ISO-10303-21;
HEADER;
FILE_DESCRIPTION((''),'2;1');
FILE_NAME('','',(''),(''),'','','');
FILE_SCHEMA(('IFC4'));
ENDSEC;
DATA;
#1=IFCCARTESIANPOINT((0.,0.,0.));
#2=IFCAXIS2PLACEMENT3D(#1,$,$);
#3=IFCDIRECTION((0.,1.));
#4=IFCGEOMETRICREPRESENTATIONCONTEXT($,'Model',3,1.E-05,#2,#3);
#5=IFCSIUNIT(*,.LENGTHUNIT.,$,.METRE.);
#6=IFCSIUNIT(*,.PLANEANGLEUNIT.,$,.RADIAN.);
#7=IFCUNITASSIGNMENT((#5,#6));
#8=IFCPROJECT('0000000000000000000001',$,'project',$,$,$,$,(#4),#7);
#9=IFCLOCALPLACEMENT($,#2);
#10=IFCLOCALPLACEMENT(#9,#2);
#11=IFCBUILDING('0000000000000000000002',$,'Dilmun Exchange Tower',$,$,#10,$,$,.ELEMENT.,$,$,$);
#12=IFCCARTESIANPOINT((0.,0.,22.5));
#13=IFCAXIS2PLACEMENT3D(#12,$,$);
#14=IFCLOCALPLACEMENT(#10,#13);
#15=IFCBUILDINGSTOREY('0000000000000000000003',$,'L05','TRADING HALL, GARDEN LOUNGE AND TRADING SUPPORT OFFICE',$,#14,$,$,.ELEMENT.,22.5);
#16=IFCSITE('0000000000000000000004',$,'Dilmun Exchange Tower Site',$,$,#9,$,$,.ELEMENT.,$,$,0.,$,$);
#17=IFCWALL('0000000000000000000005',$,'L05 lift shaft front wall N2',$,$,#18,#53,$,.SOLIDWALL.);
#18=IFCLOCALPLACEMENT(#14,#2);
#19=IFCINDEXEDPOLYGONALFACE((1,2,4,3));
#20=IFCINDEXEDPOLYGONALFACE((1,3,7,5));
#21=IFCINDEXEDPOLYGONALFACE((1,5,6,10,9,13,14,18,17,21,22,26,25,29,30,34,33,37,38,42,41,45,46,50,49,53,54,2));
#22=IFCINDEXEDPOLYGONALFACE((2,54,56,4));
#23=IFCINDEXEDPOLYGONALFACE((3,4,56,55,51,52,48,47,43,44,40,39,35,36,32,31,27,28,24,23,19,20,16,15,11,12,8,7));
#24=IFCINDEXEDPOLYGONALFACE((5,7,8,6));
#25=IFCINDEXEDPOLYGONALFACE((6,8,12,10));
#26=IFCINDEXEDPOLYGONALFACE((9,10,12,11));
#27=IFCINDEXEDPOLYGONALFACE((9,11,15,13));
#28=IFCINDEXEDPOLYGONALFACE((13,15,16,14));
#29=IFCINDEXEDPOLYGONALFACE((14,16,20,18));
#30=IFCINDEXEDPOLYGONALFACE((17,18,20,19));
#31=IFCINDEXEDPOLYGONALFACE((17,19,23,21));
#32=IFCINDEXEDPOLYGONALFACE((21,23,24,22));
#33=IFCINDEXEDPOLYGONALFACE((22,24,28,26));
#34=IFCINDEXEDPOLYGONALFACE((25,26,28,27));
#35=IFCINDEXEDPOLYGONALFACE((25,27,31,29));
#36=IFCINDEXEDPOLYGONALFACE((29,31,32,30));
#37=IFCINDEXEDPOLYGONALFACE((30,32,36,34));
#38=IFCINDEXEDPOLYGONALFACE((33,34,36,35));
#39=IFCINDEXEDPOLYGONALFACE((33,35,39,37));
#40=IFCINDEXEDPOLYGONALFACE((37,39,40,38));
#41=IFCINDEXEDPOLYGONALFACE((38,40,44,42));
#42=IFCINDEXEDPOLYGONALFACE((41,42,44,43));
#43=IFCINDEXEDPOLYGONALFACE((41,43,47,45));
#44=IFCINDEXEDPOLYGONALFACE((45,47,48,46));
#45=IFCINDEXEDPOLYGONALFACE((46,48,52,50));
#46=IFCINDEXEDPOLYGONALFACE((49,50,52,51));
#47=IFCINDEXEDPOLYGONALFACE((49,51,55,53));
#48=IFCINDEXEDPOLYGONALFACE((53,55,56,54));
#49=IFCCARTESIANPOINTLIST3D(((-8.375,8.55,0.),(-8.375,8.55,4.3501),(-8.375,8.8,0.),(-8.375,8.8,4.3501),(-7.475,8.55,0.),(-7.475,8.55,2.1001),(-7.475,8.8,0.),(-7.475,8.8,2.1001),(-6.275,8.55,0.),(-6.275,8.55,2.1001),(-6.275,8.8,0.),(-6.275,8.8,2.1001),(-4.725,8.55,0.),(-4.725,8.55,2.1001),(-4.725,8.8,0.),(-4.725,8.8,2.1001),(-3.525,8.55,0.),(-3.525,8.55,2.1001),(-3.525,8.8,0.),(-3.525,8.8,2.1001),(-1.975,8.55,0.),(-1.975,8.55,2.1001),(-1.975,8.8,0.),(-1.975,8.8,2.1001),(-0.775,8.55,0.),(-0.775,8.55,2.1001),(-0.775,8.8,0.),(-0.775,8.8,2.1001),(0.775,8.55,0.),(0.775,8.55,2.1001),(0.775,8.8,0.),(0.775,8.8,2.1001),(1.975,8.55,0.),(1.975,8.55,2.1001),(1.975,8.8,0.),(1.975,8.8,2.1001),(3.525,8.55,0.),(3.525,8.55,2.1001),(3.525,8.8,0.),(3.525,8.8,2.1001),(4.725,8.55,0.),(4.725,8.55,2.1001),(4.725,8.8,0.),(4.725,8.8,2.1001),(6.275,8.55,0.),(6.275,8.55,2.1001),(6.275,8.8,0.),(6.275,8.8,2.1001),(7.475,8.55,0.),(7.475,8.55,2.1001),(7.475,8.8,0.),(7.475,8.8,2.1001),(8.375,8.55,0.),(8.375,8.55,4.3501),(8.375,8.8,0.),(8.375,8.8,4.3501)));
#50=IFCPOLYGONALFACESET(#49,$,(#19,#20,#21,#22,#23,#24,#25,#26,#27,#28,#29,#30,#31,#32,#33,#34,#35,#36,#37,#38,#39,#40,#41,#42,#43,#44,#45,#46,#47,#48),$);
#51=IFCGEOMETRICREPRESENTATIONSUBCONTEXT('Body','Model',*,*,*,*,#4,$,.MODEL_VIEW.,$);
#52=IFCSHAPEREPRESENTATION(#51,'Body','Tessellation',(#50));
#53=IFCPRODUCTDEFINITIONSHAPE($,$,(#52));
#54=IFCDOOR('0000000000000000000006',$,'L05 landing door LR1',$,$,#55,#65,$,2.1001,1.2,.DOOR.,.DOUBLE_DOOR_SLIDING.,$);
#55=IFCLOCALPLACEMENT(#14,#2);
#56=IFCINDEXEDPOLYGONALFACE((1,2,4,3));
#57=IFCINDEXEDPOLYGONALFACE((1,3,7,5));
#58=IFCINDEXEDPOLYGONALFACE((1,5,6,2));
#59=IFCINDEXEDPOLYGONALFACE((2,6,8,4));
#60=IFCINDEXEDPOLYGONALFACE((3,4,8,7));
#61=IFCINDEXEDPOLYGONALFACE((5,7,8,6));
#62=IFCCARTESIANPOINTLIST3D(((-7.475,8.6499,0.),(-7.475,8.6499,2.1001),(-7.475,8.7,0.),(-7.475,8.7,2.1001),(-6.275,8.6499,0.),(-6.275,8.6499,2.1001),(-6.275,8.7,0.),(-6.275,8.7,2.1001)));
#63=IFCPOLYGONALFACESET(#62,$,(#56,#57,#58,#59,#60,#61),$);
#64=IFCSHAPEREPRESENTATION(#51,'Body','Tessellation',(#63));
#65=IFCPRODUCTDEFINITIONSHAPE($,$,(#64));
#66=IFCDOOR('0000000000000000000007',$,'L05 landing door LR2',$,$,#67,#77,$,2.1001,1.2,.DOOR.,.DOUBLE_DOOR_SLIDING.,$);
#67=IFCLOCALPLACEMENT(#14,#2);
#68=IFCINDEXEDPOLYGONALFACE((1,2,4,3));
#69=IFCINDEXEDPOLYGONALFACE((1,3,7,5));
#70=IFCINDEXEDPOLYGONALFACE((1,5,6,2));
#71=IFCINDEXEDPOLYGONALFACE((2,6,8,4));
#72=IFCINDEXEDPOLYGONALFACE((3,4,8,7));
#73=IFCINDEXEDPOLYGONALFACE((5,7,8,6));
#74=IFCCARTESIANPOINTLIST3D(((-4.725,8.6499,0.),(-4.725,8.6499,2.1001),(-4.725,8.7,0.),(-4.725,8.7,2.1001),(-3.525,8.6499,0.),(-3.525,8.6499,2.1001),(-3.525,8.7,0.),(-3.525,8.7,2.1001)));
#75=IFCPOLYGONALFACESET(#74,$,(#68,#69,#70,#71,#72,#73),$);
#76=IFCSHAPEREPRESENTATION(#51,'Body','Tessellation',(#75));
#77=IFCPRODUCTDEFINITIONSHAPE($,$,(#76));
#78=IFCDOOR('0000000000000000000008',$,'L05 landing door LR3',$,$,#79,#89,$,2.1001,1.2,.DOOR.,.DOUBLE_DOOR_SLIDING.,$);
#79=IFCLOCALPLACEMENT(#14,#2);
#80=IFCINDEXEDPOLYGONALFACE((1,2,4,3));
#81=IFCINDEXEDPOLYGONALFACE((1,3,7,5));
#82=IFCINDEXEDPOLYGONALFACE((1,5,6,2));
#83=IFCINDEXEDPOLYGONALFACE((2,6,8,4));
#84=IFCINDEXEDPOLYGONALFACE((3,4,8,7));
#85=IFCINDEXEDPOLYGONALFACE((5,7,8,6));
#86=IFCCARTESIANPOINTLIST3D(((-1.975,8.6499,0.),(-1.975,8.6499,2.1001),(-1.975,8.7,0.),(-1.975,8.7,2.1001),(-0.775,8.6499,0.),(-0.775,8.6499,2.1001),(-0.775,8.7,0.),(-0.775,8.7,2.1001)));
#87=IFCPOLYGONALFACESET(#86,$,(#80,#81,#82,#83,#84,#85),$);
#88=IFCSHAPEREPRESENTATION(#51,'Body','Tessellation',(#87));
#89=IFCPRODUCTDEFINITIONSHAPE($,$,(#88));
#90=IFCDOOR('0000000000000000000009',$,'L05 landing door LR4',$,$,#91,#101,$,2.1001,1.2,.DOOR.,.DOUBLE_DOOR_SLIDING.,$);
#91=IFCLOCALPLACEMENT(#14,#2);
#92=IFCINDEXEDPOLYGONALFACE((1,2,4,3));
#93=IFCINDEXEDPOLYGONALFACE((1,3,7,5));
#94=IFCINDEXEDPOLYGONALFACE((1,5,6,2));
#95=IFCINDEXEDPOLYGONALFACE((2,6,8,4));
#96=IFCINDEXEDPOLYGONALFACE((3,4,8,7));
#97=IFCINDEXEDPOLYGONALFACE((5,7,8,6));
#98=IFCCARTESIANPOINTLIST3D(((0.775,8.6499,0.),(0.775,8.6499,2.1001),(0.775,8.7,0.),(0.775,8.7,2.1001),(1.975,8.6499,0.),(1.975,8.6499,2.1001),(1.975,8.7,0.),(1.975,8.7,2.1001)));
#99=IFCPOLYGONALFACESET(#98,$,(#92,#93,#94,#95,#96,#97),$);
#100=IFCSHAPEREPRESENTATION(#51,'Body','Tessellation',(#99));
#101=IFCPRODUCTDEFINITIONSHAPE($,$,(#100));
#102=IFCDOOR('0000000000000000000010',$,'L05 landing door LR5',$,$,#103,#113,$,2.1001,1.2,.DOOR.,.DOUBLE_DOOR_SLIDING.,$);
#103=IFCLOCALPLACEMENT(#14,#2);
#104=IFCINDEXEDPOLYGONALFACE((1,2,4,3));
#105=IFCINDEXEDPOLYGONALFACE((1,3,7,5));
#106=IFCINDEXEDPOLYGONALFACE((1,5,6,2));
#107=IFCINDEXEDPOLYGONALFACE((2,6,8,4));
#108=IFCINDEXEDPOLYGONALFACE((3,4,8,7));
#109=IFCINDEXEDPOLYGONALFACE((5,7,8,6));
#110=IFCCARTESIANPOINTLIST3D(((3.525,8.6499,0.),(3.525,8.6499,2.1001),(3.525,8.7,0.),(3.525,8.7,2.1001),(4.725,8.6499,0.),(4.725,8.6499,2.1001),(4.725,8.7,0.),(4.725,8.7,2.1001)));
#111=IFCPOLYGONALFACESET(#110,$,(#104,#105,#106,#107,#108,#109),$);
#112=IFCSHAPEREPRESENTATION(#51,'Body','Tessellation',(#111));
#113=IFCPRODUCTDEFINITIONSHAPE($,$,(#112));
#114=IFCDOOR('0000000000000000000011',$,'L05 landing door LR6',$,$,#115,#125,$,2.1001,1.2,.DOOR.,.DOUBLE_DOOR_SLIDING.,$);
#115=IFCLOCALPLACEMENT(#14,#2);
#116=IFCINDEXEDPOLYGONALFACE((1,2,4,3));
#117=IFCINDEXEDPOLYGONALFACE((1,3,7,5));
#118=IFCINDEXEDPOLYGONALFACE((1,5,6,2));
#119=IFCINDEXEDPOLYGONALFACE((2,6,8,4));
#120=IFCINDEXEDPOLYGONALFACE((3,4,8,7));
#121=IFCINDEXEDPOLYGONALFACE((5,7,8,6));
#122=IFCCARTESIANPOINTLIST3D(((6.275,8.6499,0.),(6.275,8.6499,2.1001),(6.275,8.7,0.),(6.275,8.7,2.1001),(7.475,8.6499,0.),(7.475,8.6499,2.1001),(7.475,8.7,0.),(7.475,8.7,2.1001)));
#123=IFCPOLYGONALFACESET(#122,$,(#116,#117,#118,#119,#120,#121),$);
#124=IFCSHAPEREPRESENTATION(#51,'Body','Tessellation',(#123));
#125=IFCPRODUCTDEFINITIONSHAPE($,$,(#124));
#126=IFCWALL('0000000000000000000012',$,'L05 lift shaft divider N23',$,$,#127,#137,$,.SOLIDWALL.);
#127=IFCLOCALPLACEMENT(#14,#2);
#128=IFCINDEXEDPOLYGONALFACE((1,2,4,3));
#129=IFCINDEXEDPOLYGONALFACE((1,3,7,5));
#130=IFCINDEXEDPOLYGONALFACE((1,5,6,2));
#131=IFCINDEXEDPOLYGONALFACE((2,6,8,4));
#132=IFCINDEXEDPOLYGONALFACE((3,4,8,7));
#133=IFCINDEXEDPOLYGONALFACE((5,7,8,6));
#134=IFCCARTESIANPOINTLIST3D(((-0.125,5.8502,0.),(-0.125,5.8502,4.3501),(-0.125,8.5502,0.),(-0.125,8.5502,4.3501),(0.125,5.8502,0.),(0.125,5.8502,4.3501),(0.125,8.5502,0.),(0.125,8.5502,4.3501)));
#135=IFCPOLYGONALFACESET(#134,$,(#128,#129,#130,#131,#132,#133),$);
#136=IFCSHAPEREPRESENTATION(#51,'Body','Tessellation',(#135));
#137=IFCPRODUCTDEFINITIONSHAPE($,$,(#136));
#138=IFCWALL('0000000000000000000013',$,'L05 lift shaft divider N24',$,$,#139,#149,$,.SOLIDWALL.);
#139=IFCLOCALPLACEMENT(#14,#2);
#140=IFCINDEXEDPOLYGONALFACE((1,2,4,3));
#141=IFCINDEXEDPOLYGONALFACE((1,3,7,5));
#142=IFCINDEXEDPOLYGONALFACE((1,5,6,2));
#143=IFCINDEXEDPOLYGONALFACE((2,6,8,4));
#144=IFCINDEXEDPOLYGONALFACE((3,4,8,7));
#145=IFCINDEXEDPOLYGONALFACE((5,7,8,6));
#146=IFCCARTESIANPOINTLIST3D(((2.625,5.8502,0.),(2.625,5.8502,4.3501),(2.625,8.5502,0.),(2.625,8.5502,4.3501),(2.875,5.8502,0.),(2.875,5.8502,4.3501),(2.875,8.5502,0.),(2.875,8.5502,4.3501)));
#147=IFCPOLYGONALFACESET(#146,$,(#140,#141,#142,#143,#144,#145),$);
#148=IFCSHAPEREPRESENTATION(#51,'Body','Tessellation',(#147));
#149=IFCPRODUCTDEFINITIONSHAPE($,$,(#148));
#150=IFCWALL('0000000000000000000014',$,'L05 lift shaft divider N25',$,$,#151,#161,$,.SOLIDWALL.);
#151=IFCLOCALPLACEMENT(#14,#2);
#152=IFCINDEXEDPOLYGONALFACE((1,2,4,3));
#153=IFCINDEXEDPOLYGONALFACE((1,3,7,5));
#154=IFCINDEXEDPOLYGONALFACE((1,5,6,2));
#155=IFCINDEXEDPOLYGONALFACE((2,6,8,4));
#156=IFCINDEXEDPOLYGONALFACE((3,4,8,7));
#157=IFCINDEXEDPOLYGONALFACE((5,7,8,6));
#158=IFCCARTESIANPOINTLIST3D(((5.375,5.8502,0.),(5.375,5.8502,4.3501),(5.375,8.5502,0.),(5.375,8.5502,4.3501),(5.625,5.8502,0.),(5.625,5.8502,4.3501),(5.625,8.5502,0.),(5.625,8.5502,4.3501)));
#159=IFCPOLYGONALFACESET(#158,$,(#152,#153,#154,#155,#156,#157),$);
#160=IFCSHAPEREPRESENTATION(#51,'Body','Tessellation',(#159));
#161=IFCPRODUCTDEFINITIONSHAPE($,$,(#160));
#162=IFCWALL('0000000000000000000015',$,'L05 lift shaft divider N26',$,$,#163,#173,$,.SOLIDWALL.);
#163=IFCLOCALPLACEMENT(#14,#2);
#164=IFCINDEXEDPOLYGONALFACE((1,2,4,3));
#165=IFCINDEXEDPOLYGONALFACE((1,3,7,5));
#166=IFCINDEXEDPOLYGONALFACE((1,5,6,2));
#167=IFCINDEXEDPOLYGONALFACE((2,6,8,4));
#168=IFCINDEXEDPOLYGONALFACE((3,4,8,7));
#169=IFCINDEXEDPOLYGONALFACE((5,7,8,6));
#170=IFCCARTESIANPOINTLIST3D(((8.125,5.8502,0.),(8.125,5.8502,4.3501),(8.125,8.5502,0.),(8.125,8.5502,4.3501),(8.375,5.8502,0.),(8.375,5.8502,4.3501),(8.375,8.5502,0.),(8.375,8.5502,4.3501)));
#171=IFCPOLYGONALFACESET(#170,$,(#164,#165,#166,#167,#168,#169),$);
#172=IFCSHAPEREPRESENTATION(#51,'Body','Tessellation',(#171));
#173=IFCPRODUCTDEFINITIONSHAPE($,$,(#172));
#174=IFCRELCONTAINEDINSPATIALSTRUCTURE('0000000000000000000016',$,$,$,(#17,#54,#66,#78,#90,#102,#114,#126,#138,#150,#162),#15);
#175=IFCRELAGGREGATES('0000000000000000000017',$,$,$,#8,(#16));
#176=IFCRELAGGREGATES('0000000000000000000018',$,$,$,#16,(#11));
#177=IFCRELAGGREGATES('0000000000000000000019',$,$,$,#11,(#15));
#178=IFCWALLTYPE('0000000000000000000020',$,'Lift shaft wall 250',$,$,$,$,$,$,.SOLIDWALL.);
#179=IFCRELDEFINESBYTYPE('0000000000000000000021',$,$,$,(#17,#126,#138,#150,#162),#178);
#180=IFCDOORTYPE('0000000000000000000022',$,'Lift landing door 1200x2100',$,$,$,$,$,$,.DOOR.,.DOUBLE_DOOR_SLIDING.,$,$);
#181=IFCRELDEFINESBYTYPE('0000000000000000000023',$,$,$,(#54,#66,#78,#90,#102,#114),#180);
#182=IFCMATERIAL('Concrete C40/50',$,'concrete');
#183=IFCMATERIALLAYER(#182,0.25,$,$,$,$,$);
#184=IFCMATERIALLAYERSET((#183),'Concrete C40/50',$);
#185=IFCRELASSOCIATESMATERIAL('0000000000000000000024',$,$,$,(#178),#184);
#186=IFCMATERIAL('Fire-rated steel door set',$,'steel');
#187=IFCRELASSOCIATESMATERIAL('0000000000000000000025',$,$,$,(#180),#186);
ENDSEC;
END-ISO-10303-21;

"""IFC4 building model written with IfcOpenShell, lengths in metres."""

from ifc_helpers import new_model, si_unit, direction, frame, frame_2d, origin, place, context, subcontext, project, spatial, rectangle, extrude, material, layer, layer_set, type_object, element, fill, save


model = new_model("IFC4")

# Units and contexts
model_context = context("Model", 3, precision=1e-05, world=origin(), true_north=direction((0.0, 1.0)))
body_context = subcontext(model_context, "Body", "Model", "MODEL_VIEW")
ifc_project = project(units=[si_unit("LENGTHUNIT", "METRE"), si_unit("PLANEANGLEUNIT", "RADIAN")], contexts=[model_context])

# Site, building, storey
site_placement = place(None, origin())
site = spatial("IfcSite", under=ifc_project, at=site_placement, Name="Dilmun Exchange Tower Site", CompositionType="ELEMENT", RefElevation=0.0)
building_placement = place(site_placement, origin())
building = spatial("IfcBuilding", under=site, at=building_placement, Name="Dilmun Exchange Tower", CompositionType="ELEMENT")
storey_placement = place(building_placement, frame((0.0, 0.0, 22.5)))
storey = spatial("IfcBuildingStorey", under=building, at=storey_placement, Name="L05", Description="TRADING HALL, GARDEN LOUNGE AND TRADING SUPPORT OFFICE", CompositionType="ELEMENT", Elevation=22.5)

# Shared definitions
ifc_material_1 = material(Name="Concrete C40/50", Category="concrete")

# Shared definitions
ifc_material_2 = material(Name="Fire-rated steel door set", Category="steel")

# Wall, openings, doors
ifc_layer_1 = layer(ifc_material_1, 0.25)
ifc_layer_set_1 = layer_set([ifc_layer_1], Name="Concrete C40/50")
wall_type_1 = type_object("IfcWallType", Name="Lift shaft wall 250", PredefinedType="SOLIDWALL", material=ifc_layer_set_1)
wall_1_placement = place(storey_placement, frame((-8.375, 8.675, 0.0), z_axis=(0.0, 0.0, 1.0), x_axis=(1.0, 0.0, 0.0)))
wall_1 = element("IfcWall", 1, at=wall_1_placement, inside=storey, type_object=wall_type_1, Name="L05 lift shaft front wall N2", PredefinedType="SOLIDWALL", context=body_context, shape_type="SweptSolid", body=[
    extrude(rectangle(XDim=16.75, YDim=0.25, at=frame_2d((8.375, 0.0))), origin(), (0.0, 0.0, 1.0), 4.3501),
])
opening_1_placement = place(wall_1_placement, frame((0.8999, 0.0, 0.0)))
opening_1 = element("IfcOpeningElement", 2, at=opening_1_placement, cuts=wall_1, PredefinedType="OPENING", context=body_context, shape_type="SweptSolid", body=[
    extrude(rectangle(XDim=1.2, YDim=2.1001, at=frame_2d((0.6001, 1.05))), frame((0.0, 0.135, 0.0), z_axis=(0.0, -1.0, 0.0), x_axis=(1.0, 0.0, 0.0)), (0.0, 0.0, 1.0), 0.27),
])
opening_2_placement = place(wall_1_placement, frame((3.6499, 0.0, 0.0)))
opening_2 = element("IfcOpeningElement", 3, at=opening_2_placement, cuts=wall_1, PredefinedType="OPENING", context=body_context, shape_type="SweptSolid", body=[
    extrude(rectangle(XDim=1.2, YDim=2.1001, at=frame_2d((0.6001, 1.05))), frame((0.0, 0.135, 0.0), z_axis=(0.0, -1.0, 0.0), x_axis=(1.0, 0.0, 0.0)), (0.0, 0.0, 1.0), 0.27),
])
opening_3_placement = place(wall_1_placement, frame((6.3999, 0.0, 0.0)))
opening_3 = element("IfcOpeningElement", 4, at=opening_3_placement, cuts=wall_1, PredefinedType="OPENING", context=body_context, shape_type="SweptSolid", body=[
    extrude(rectangle(XDim=1.2, YDim=2.1001, at=frame_2d((0.6001, 1.05))), frame((0.0, 0.135, 0.0), z_axis=(0.0, -1.0, 0.0), x_axis=(1.0, 0.0, 0.0)), (0.0, 0.0, 1.0), 0.27),
])
opening_4_placement = place(wall_1_placement, frame((9.1499, 0.0, 0.0)))
opening_4 = element("IfcOpeningElement", 5, at=opening_4_placement, cuts=wall_1, PredefinedType="OPENING", context=body_context, shape_type="SweptSolid", body=[
    extrude(rectangle(XDim=1.2, YDim=2.1001, at=frame_2d((0.6001, 1.05))), frame((0.0, 0.135, 0.0), z_axis=(0.0, -1.0, 0.0), x_axis=(1.0, 0.0, 0.0)), (0.0, 0.0, 1.0), 0.27),
])
opening_5_placement = place(wall_1_placement, frame((11.8999, 0.0, 0.0)))
opening_5 = element("IfcOpeningElement", 6, at=opening_5_placement, cuts=wall_1, PredefinedType="OPENING", context=body_context, shape_type="SweptSolid", body=[
    extrude(rectangle(XDim=1.2, YDim=2.1001, at=frame_2d((0.6001, 1.05))), frame((0.0, 0.135, 0.0), z_axis=(0.0, -1.0, 0.0), x_axis=(1.0, 0.0, 0.0)), (0.0, 0.0, 1.0), 0.27),
])
opening_6_placement = place(wall_1_placement, frame((14.6499, 0.0, 0.0)))
opening_6 = element("IfcOpeningElement", 7, at=opening_6_placement, cuts=wall_1, PredefinedType="OPENING", context=body_context, shape_type="SweptSolid", body=[
    extrude(rectangle(XDim=1.2, YDim=2.1001, at=frame_2d((0.6001, 1.05))), frame((0.0, 0.135, 0.0), z_axis=(0.0, -1.0, 0.0), x_axis=(1.0, 0.0, 0.0)), (0.0, 0.0, 1.0), 0.27),
])
door_type_1 = type_object("IfcDoorType", Name="Lift landing door 1200x2100", OperationType="DOUBLE_DOOR_SLIDING", PredefinedType="DOOR", material=ifc_material_2)
door_1_placement = place(opening_1_placement, origin())
door_1 = element("IfcDoor", 8, at=door_1_placement, inside=storey, type_object=door_type_1, Name="L05 landing door LR1", OperationType="DOUBLE_DOOR_SLIDING", OverallHeight=2.1001, OverallWidth=1.2, PredefinedType="DOOR", context=body_context, shape_type="SweptSolid", body=[
    extrude(rectangle(XDim=1.2, YDim=2.1001, at=frame_2d((0.6001, 1.05))), frame((0.0, 0.0249, 0.0), z_axis=(0.0, -1.0, 0.0), x_axis=(1.0, 0.0, 0.0)), (0.0, 0.0, 1.0), 0.05),
])
fill(opening_1, door_1)
door_2_placement = place(opening_2_placement, origin())
door_2 = element("IfcDoor", 9, at=door_2_placement, inside=storey, type_object=door_type_1, Name="L05 landing door LR2", OperationType="DOUBLE_DOOR_SLIDING", OverallHeight=2.1001, OverallWidth=1.2, PredefinedType="DOOR", context=body_context, shape_type="SweptSolid", body=[
    extrude(rectangle(XDim=1.2, YDim=2.1001, at=frame_2d((0.6001, 1.05))), frame((0.0, 0.0249, 0.0), z_axis=(0.0, -1.0, 0.0), x_axis=(1.0, 0.0, 0.0)), (0.0, 0.0, 1.0), 0.05),
])
fill(opening_2, door_2)
door_3_placement = place(opening_3_placement, origin())
door_3 = element("IfcDoor", 10, at=door_3_placement, inside=storey, type_object=door_type_1, Name="L05 landing door LR3", OperationType="DOUBLE_DOOR_SLIDING", OverallHeight=2.1001, OverallWidth=1.2, PredefinedType="DOOR", context=body_context, shape_type="SweptSolid", body=[
    extrude(rectangle(XDim=1.2, YDim=2.1001, at=frame_2d((0.6001, 1.05))), frame((0.0, 0.0249, 0.0), z_axis=(0.0, -1.0, 0.0), x_axis=(1.0, 0.0, 0.0)), (0.0, 0.0, 1.0), 0.05),
])
fill(opening_3, door_3)
door_4_placement = place(opening_4_placement, origin())
door_4 = element("IfcDoor", 11, at=door_4_placement, inside=storey, type_object=door_type_1, Name="L05 landing door LR4", OperationType="DOUBLE_DOOR_SLIDING", OverallHeight=2.1001, OverallWidth=1.2, PredefinedType="DOOR", context=body_context, shape_type="SweptSolid", body=[
    extrude(rectangle(XDim=1.2, YDim=2.1001, at=frame_2d((0.6001, 1.05))), frame((0.0, 0.0249, 0.0), z_axis=(0.0, -1.0, 0.0), x_axis=(1.0, 0.0, 0.0)), (0.0, 0.0, 1.0), 0.05),
])
fill(opening_4, door_4)
door_5_placement = place(opening_5_placement, origin())
door_5 = element("IfcDoor", 12, at=door_5_placement, inside=storey, type_object=door_type_1, Name="L05 landing door LR5", OperationType="DOUBLE_DOOR_SLIDING", OverallHeight=2.1001, OverallWidth=1.2, PredefinedType="DOOR", context=body_context, shape_type="SweptSolid", body=[
    extrude(rectangle(XDim=1.2, YDim=2.1001, at=frame_2d((0.6001, 1.05))), frame((0.0, 0.0249, 0.0), z_axis=(0.0, -1.0, 0.0), x_axis=(1.0, 0.0, 0.0)), (0.0, 0.0, 1.0), 0.05),
])
fill(opening_5, door_5)
door_6_placement = place(opening_6_placement, origin())
door_6 = element("IfcDoor", 13, at=door_6_placement, inside=storey, type_object=door_type_1, Name="L05 landing door LR6", OperationType="DOUBLE_DOOR_SLIDING", OverallHeight=2.1001, OverallWidth=1.2, PredefinedType="DOOR", context=body_context, shape_type="SweptSolid", body=[
    extrude(rectangle(XDim=1.2, YDim=2.1001, at=frame_2d((0.6001, 1.05))), frame((0.0, 0.0249, 0.0), z_axis=(0.0, -1.0, 0.0), x_axis=(1.0, 0.0, 0.0)), (0.0, 0.0, 1.0), 0.05),
])
fill(opening_6, door_6)

# Walls
for number, where, z_axis, x_axis, name in (
    (14, (0.0, 5.8501, 0.0), (0.0, 0.0, 1.0), (0.0, 1.0, 0.0), "L05 lift shaft divider N23"),
    (15, (2.75, 5.8501, 0.0), (0.0, 0.0, 1.0), (0.0, 1.0, 0.0), "L05 lift shaft divider N24"),
    (16, (5.5, 5.8501, 0.0), (0.0, 0.0, 1.0), (0.0, 1.0, 0.0), "L05 lift shaft divider N25"),
    (17, (8.25, 5.8501, 0.0), (0.0, 0.0, 1.0), (0.0, 1.0, 0.0), "L05 lift shaft divider N26"),
):
    element("IfcWall", number, at=place(storey_placement, frame(where, z_axis=z_axis, x_axis=x_axis)), inside=storey, type_object=wall_type_1, Name=name, PredefinedType="SOLIDWALL", context=body_context, shape_type="SweptSolid", body=[
        extrude(rectangle(XDim=2.7, YDim=0.25, at=frame_2d((1.3501, 0.0))), origin(), (0.0, 0.0, 1.0), 4.3501),
    ])

save(model, "model.ifc")
